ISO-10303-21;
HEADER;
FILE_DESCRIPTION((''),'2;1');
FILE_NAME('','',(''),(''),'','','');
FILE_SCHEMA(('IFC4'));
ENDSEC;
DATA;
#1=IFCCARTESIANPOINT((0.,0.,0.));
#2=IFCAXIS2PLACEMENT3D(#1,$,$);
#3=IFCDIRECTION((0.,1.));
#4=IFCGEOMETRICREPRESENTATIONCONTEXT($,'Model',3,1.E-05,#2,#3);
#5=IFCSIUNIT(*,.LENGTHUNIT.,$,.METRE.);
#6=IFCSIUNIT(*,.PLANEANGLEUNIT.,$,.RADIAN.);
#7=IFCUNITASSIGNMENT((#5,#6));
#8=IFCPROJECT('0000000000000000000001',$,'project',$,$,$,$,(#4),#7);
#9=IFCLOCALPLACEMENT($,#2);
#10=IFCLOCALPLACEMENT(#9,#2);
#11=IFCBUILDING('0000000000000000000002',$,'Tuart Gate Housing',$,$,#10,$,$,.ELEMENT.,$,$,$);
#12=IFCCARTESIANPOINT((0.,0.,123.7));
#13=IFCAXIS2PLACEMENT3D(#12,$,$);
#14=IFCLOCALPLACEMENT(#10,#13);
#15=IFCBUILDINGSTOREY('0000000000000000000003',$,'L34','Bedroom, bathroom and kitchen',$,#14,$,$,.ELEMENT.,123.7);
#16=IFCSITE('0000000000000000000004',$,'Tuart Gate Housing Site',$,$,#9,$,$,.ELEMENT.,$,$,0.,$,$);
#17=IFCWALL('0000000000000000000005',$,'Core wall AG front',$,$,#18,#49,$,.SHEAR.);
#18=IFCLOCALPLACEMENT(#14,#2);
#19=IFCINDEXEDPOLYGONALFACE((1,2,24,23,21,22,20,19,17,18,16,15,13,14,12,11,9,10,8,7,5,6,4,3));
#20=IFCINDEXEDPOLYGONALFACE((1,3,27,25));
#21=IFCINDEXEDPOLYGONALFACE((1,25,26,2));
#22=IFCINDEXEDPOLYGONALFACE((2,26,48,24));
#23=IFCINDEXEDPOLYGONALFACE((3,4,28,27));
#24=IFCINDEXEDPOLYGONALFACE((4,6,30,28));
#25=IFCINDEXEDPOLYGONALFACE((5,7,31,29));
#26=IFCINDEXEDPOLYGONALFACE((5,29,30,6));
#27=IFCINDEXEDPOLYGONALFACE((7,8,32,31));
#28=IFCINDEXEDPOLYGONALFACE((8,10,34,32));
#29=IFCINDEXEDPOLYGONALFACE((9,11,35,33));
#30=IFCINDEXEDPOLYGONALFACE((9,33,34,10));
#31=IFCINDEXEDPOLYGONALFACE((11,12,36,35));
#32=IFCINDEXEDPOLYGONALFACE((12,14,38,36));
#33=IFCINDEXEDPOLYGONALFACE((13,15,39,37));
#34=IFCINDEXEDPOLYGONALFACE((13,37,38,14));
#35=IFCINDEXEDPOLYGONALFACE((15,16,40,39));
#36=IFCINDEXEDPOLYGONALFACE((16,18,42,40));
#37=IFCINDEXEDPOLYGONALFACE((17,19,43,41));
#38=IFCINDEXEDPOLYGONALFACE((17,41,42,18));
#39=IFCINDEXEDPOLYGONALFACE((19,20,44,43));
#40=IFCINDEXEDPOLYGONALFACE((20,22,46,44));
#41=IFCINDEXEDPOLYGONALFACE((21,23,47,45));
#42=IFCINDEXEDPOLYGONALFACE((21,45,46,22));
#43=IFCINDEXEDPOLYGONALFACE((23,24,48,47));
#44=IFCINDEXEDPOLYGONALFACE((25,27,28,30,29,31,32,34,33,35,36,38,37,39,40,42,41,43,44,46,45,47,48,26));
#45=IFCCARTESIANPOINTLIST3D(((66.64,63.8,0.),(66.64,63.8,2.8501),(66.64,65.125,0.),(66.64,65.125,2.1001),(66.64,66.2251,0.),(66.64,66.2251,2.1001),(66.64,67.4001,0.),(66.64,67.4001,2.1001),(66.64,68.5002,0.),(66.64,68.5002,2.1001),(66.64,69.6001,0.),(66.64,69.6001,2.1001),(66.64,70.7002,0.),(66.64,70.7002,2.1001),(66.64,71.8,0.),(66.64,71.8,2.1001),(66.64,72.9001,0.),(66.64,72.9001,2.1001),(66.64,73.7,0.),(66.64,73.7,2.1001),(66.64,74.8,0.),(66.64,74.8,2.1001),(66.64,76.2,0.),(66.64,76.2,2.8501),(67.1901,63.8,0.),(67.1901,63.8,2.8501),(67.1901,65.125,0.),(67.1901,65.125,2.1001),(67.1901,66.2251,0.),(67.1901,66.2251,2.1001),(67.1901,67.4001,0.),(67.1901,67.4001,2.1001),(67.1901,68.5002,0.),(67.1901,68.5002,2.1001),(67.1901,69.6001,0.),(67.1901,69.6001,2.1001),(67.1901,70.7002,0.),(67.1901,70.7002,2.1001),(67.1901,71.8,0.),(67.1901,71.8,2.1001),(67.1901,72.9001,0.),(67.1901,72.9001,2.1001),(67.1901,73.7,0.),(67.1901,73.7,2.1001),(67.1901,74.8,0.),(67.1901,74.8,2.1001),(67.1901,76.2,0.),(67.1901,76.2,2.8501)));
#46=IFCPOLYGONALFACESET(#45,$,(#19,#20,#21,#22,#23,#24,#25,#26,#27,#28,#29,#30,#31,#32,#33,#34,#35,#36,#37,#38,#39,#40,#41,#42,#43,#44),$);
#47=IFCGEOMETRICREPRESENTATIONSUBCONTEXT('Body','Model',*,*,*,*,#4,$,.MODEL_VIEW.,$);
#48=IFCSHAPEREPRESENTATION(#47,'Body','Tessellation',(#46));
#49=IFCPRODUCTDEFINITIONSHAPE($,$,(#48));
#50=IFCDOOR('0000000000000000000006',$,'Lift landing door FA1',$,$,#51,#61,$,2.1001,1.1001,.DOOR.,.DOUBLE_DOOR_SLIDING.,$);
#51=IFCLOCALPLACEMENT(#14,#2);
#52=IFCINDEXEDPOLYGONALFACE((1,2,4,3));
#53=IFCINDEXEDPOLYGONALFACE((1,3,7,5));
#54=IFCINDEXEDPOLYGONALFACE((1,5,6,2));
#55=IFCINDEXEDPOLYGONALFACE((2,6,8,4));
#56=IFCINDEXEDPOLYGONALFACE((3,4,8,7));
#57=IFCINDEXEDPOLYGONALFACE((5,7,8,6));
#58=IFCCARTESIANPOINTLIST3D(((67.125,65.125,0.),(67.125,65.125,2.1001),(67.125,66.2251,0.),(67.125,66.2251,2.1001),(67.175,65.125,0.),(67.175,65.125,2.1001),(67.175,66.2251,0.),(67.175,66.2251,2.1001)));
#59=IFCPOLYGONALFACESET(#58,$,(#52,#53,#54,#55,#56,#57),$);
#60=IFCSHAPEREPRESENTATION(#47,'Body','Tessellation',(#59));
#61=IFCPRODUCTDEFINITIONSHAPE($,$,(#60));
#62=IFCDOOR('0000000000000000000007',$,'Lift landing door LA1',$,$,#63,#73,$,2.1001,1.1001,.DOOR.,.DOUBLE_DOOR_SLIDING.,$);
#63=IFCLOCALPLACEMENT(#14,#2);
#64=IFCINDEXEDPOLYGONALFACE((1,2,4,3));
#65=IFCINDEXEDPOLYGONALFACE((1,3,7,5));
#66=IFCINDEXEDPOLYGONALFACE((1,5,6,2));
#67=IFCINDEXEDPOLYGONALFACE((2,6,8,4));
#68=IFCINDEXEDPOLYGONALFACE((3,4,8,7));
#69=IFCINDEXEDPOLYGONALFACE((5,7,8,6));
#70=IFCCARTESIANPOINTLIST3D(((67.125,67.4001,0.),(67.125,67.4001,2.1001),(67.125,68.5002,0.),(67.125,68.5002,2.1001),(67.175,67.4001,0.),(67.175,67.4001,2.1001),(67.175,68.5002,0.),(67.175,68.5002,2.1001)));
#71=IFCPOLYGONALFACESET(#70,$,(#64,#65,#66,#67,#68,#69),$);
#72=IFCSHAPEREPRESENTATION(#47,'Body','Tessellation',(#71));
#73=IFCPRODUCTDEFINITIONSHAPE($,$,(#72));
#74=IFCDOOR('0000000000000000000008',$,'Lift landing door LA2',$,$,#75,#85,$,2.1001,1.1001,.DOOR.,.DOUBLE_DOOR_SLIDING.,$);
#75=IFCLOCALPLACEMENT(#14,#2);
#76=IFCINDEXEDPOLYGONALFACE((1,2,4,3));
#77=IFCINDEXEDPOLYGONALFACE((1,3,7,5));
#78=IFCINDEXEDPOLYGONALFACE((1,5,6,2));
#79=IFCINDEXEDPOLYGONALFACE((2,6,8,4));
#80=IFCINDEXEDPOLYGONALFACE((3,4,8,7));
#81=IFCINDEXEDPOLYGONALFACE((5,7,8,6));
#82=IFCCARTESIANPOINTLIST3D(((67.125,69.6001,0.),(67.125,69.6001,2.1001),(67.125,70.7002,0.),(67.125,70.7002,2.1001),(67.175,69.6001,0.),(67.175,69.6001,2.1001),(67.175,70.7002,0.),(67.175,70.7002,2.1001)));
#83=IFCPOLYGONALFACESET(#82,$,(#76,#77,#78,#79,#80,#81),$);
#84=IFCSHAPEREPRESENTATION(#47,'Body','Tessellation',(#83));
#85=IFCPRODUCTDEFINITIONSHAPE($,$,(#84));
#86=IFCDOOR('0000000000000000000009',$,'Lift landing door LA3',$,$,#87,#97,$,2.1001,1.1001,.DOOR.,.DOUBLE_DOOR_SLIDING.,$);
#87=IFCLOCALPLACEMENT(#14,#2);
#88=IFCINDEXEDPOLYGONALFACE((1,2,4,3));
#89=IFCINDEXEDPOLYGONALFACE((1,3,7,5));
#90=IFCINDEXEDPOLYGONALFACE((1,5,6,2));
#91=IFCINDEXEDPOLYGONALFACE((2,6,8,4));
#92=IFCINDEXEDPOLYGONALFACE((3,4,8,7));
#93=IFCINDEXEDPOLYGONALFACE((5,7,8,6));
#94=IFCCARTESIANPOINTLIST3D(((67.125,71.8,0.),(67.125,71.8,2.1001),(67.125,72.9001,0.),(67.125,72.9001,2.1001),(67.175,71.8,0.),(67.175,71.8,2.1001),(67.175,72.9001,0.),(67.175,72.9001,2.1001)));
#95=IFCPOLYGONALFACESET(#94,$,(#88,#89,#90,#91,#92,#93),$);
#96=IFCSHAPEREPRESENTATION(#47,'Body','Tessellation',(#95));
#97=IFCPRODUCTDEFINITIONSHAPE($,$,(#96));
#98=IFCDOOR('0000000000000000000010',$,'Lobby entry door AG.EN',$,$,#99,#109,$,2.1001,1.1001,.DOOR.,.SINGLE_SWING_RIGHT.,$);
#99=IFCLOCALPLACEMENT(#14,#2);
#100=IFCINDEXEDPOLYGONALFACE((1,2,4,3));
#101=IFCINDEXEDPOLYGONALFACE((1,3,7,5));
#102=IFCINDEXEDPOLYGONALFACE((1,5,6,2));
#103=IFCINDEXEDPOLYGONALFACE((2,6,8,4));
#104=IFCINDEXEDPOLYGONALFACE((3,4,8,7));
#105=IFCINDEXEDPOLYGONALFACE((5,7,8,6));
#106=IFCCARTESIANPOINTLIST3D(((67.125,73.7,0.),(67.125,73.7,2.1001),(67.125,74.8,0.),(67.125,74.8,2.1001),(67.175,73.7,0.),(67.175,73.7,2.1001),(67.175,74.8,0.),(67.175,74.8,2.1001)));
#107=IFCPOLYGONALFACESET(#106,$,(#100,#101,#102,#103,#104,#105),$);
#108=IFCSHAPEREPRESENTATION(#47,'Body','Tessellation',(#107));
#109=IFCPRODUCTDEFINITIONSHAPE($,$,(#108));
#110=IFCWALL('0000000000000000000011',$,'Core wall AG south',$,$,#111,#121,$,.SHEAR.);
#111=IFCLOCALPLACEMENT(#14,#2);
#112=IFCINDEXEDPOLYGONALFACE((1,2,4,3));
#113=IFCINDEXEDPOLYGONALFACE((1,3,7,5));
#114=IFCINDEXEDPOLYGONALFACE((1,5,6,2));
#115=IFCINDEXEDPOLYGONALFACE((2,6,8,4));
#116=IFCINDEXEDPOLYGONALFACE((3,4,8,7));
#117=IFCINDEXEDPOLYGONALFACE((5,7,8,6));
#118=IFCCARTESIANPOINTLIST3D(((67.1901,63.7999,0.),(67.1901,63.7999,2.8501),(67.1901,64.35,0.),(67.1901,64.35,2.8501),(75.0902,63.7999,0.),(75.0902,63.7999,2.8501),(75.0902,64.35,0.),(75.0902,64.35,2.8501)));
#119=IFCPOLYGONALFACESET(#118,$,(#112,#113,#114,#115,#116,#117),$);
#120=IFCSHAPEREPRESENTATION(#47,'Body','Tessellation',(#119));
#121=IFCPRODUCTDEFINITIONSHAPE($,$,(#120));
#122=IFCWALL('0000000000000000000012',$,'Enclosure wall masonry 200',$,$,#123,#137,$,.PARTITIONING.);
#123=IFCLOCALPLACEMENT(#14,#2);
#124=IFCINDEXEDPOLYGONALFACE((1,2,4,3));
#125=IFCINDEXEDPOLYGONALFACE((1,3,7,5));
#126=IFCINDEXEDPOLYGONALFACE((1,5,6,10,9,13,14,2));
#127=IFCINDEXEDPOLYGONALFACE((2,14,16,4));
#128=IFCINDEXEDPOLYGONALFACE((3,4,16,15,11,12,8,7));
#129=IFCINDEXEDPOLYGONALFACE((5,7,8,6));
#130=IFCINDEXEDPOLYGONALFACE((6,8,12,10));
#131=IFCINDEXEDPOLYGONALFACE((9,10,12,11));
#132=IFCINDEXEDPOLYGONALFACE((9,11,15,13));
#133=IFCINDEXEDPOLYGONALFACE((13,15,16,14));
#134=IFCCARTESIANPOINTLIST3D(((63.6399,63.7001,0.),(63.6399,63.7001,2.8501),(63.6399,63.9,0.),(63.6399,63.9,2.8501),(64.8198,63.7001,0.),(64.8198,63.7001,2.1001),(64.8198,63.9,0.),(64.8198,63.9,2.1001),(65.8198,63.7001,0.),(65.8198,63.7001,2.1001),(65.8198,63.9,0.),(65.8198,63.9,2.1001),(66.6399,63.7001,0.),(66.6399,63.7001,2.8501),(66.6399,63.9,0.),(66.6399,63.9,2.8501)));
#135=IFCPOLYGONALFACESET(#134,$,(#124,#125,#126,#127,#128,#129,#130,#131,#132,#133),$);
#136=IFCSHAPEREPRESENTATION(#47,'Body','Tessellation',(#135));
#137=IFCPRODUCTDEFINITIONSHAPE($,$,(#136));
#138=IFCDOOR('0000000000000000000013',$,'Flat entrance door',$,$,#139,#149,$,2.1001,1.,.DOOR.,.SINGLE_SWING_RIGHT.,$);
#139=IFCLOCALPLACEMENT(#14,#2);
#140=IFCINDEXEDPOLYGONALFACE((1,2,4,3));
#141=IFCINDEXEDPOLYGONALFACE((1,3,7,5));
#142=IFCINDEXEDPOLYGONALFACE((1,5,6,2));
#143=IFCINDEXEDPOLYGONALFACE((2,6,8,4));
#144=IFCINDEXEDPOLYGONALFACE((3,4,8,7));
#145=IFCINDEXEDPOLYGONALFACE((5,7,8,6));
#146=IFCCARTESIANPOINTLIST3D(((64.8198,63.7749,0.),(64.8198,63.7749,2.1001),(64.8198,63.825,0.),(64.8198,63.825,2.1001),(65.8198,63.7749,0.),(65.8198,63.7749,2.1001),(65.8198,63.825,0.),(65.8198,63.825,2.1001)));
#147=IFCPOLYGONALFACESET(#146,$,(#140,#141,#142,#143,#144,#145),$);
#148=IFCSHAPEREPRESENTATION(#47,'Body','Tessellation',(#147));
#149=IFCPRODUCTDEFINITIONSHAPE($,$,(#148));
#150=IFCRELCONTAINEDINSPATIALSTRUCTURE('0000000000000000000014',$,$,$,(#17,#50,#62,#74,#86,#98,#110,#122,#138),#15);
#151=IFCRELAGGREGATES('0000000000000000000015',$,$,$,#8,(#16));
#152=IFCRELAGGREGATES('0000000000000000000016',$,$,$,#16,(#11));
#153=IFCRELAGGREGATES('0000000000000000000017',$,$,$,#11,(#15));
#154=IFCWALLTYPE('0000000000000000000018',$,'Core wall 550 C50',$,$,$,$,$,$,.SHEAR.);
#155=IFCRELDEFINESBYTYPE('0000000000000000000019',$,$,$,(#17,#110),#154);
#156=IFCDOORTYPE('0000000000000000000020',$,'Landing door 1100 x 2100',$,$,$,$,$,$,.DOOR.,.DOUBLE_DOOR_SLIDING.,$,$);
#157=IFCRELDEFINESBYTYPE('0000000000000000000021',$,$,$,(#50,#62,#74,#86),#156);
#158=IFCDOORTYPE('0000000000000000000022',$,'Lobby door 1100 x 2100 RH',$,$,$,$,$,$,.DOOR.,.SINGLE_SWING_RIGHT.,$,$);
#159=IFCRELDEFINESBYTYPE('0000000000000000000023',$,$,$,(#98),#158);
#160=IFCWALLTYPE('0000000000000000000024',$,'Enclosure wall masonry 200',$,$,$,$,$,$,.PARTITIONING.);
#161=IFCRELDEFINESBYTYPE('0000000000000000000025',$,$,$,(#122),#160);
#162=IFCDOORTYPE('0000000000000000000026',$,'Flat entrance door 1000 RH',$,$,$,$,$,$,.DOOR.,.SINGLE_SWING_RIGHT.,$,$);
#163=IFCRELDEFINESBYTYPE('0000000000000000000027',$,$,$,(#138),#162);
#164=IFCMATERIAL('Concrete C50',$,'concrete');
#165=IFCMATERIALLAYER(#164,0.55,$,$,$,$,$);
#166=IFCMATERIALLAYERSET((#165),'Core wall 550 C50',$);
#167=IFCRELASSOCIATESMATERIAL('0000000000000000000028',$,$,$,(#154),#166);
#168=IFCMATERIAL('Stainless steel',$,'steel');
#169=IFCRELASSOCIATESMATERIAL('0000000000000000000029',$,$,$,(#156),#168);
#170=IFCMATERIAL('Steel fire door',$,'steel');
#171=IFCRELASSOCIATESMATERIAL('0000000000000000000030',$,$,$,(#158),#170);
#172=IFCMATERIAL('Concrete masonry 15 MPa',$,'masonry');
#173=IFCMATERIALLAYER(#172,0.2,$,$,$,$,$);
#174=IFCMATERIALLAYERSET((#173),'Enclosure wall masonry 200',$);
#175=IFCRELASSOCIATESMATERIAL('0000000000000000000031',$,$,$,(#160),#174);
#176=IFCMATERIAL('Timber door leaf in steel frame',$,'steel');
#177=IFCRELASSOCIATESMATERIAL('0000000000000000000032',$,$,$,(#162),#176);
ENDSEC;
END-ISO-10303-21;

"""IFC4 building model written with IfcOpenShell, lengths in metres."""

from ifc_helpers import new_model, si_unit, direction, frame, frame_2d, origin, place, context, subcontext, project, spatial, rectangle, extrude, material, layer, layer_set, type_object, element, fill, save


model = new_model("IFC4")

# Units and contexts
model_context = context("Model", 3, precision=1e-05, world=origin(), true_north=direction((0.0, 1.0)))
body_context = subcontext(model_context, "Body", "Model", "MODEL_VIEW")
ifc_project = project(units=[si_unit("LENGTHUNIT", "METRE"), si_unit("PLANEANGLEUNIT", "RADIAN")], contexts=[model_context])

# Site, building, storey
site_placement = place(None, origin())
site = spatial("IfcSite", under=ifc_project, at=site_placement, Name="Tuart Gate Housing Site", CompositionType="ELEMENT", RefElevation=0.0)
building_placement = place(site_placement, origin())
building = spatial("IfcBuilding", under=site, at=building_placement, Name="Tuart Gate Housing", CompositionType="ELEMENT")
storey_placement = place(building_placement, frame((0.0, 0.0, 123.7)))
storey = spatial("IfcBuildingStorey", under=building, at=storey_placement, Name="L34", Description="Bedroom, bathroom and kitchen", CompositionType="ELEMENT", Elevation=123.7)

# Wall, openings, doors
ifc_material_1 = material(Name="Concrete C50", Category="concrete")
ifc_layer_1 = layer(ifc_material_1, 0.55)
ifc_layer_set_1 = layer_set([ifc_layer_1], Name="Core wall 550 C50")
wall_type_1 = type_object("IfcWallType", Name="Core wall 550 C50", PredefinedType="SHEAR", material=ifc_layer_set_1)
wall_1_placement = place(storey_placement, frame((66.915, 63.8, 0.0), z_axis=(0.0, 0.0, 1.0), x_axis=(0.0, 1.0, 0.0)))
wall_1 = element("IfcWall", 1, at=wall_1_placement, inside=storey, type_object=wall_type_1, Name="Core wall AG front", PredefinedType="SHEAR", context=body_context, shape_type="SweptSolid", body=[
    extrude(rectangle(XDim=12.3999, YDim=0.55, at=frame_2d((6.2, 0.0))), origin(), (0.0, 0.0, 1.0), 2.8501),
])
opening_1_placement = place(wall_1_placement, frame((1.325, 0.0, 0.0)))
opening_1 = element("IfcOpeningElement", 2, at=opening_1_placement, cuts=wall_1, PredefinedType="OPENING", context=body_context, shape_type="SweptSolid", body=[
    extrude(rectangle(XDim=1.1001, YDim=2.1001, at=frame_2d((0.55, 1.05))), frame((0.0, 0.2849, 0.0), z_axis=(0.0, -1.0, 0.0), x_axis=(1.0, 0.0, 0.0)), (0.0, 0.0, 1.0), 0.5701),
])
opening_2_placement = place(wall_1_placement, frame((3.6001, 0.0, 0.0)))
opening_2 = element("IfcOpeningElement", 3, at=opening_2_placement, cuts=wall_1, PredefinedType="OPENING", context=body_context, shape_type="SweptSolid", body=[
    extrude(rectangle(XDim=1.1001, YDim=2.1001, at=frame_2d((0.55, 1.05))), frame((0.0, 0.2849, 0.0), z_axis=(0.0, -1.0, 0.0), x_axis=(1.0, 0.0, 0.0)), (0.0, 0.0, 1.0), 0.5701),
])
opening_3_placement = place(wall_1_placement, frame((5.8, 0.0, 0.0)))
opening_3 = element("IfcOpeningElement", 4, at=opening_3_placement, cuts=wall_1, PredefinedType="OPENING", context=body_context, shape_type="SweptSolid", body=[
    extrude(rectangle(XDim=1.1001, YDim=2.1001, at=frame_2d((0.55, 1.05))), frame((0.0, 0.2849, 0.0), z_axis=(0.0, -1.0, 0.0), x_axis=(1.0, 0.0, 0.0)), (0.0, 0.0, 1.0), 0.5701),
])
opening_4_placement = place(wall_1_placement, frame((8.0, 0.0, 0.0)))
opening_4 = element("IfcOpeningElement", 5, at=opening_4_placement, cuts=wall_1, PredefinedType="OPENING", context=body_context, shape_type="SweptSolid", body=[
    extrude(rectangle(XDim=1.1001, YDim=2.1001, at=frame_2d((0.55, 1.05))), frame((0.0, 0.2849, 0.0), z_axis=(0.0, -1.0, 0.0), x_axis=(1.0, 0.0, 0.0)), (0.0, 0.0, 1.0), 0.5701),
])
opening_5_placement = place(wall_1_placement, frame((9.8999, 0.0, 0.0)))
opening_5 = element("IfcOpeningElement", 6, at=opening_5_placement, cuts=wall_1, PredefinedType="OPENING", context=body_context, shape_type="SweptSolid", body=[
    extrude(rectangle(XDim=1.1001, YDim=2.1001, at=frame_2d((0.55, 1.05))), frame((0.0, 0.2849, 0.0), z_axis=(0.0, -1.0, 0.0), x_axis=(1.0, 0.0, 0.0)), (0.0, 0.0, 1.0), 0.5701),
])
ifc_material_2 = material(Name="Stainless steel", Category="steel")
door_type_1 = type_object("IfcDoorType", Name="Landing door 1100 x 2100", OperationType="DOUBLE_DOOR_SLIDING", PredefinedType="DOOR", material=ifc_material_2)
door_1_placement = place(opening_1_placement, origin())
door_1 = element("IfcDoor", 7, at=door_1_placement, inside=storey, type_object=door_type_1, Name="Lift landing door FA1", OperationType="DOUBLE_DOOR_SLIDING", OverallHeight=2.1001, OverallWidth=1.1001, PredefinedType="DOOR", context=body_context, shape_type="SweptSolid", body=[
    extrude(rectangle(XDim=1.1001, YDim=2.1001, at=frame_2d((0.55, 1.05))), frame((0.0, -0.21, 0.0), z_axis=(0.0, -1.0, 0.0), x_axis=(1.0, 0.0, 0.0)), (0.0, 0.0, 1.0), 0.05),
])
fill(opening_1, door_1)
door_2_placement = place(opening_2_placement, origin())
door_2 = element("IfcDoor", 8, at=door_2_placement, inside=storey, type_object=door_type_1, Name="Lift landing door LA1", OperationType="DOUBLE_DOOR_SLIDING", OverallHeight=2.1001, OverallWidth=1.1001, PredefinedType="DOOR", context=body_context, shape_type="SweptSolid", body=[
    extrude(rectangle(XDim=1.1001, YDim=2.1001, at=frame_2d((0.55, 1.05))), frame((0.0, -0.21, 0.0), z_axis=(0.0, -1.0, 0.0), x_axis=(1.0, 0.0, 0.0)), (0.0, 0.0, 1.0), 0.05),
])
fill(opening_2, door_2)
door_3_placement = place(opening_3_placement, origin())
door_3 = element("IfcDoor", 9, at=door_3_placement, inside=storey, type_object=door_type_1, Name="Lift landing door LA2", OperationType="DOUBLE_DOOR_SLIDING", OverallHeight=2.1001, OverallWidth=1.1001, PredefinedType="DOOR", context=body_context, shape_type="SweptSolid", body=[
    extrude(rectangle(XDim=1.1001, YDim=2.1001, at=frame_2d((0.55, 1.05))), frame((0.0, -0.21, 0.0), z_axis=(0.0, -1.0, 0.0), x_axis=(1.0, 0.0, 0.0)), (0.0, 0.0, 1.0), 0.05),
])
fill(opening_3, door_3)
door_4_placement = place(opening_4_placement, origin())
door_4 = element("IfcDoor", 10, at=door_4_placement, inside=storey, type_object=door_type_1, Name="Lift landing door LA3", OperationType="DOUBLE_DOOR_SLIDING", OverallHeight=2.1001, OverallWidth=1.1001, PredefinedType="DOOR", context=body_context, shape_type="SweptSolid", body=[
    extrude(rectangle(XDim=1.1001, YDim=2.1001, at=frame_2d((0.55, 1.05))), frame((0.0, -0.21, 0.0), z_axis=(0.0, -1.0, 0.0), x_axis=(1.0, 0.0, 0.0)), (0.0, 0.0, 1.0), 0.05),
])
fill(opening_4, door_4)
ifc_material_3 = material(Name="Steel fire door", Category="steel")
door_type_2 = type_object("IfcDoorType", Name="Lobby door 1100 x 2100 RH", OperationType="SINGLE_SWING_RIGHT", PredefinedType="DOOR", material=ifc_material_3)
door_5_placement = place(opening_5_placement, frame((1.1001, 0.0, 0.0), z_axis=(0.0, 0.0, 1.0), x_axis=(-1.0, 0.0, 0.0)))
door_5 = element("IfcDoor", 11, at=door_5_placement, inside=storey, type_object=door_type_2, Name="Lobby entry door AG.EN", OperationType="SINGLE_SWING_RIGHT", OverallHeight=2.1001, OverallWidth=1.1001, PredefinedType="DOOR", context=body_context, shape_type="SweptSolid", body=[
    extrude(rectangle(XDim=1.1001, YDim=2.1001, at=frame_2d((0.55, 1.05))), frame((0.0, 0.26, 0.0), z_axis=(0.0, -1.0, 0.0), x_axis=(1.0, 0.0, 0.0)), (0.0, 0.0, 1.0), 0.05),
])
fill(opening_5, door_5)

# Wall
wall_2_placement = place(storey_placement, frame((67.1899, 64.075, 0.0), z_axis=(0.0, 0.0, 1.0), x_axis=(1.0, 0.0, 0.0)))
element("IfcWall", 12, at=wall_2_placement, inside=storey, type_object=wall_type_1, Name="Core wall AG south", PredefinedType="SHEAR", context=body_context, shape_type="SweptSolid", body=[
    extrude(rectangle(XDim=7.9001, YDim=0.55, at=frame_2d((3.9502, 0.0))), origin(), (0.0, 0.0, 1.0), 2.8501),
])

# Wall, opening, door
ifc_material_4 = material(Name="Concrete masonry 15 MPa", Category="masonry")
ifc_layer_2 = layer(ifc_material_4, 0.2)
ifc_layer_set_2 = layer_set([ifc_layer_2], Name="Enclosure wall masonry 200")
wall_type_2 = type_object("IfcWallType", Name="Enclosure wall masonry 200", PredefinedType="PARTITIONING", material=ifc_layer_set_2)
wall_3_placement = place(storey_placement, frame((63.6399, 63.8, 0.0), z_axis=(0.0, 0.0, 1.0), x_axis=(1.0, 0.0, 0.0)))
wall_3 = element("IfcWall", 13, at=wall_3_placement, inside=storey, type_object=wall_type_2, Name="Enclosure wall masonry 200", PredefinedType="PARTITIONING", context=body_context, shape_type="SweptSolid", body=[
    extrude(rectangle(XDim=3.0, YDim=0.2, at=frame_2d((1.5, 0.0))), origin(), (0.0, 0.0, 1.0), 2.8501),
])
opening_6_placement = place(wall_3_placement, frame((1.1799, 0.0, 0.0)))
opening_6 = element("IfcOpeningElement", 14, at=opening_6_placement, cuts=wall_3, PredefinedType="OPENING", context=body_context, shape_type="SweptSolid", body=[
    extrude(rectangle(XDim=1.0, YDim=2.1001, at=frame_2d((0.5, 1.05))), frame((0.0, 0.1099, 0.0), z_axis=(0.0, -1.0, 0.0), x_axis=(1.0, 0.0, 0.0)), (0.0, 0.0, 1.0), 0.22),
])
ifc_material_5 = material(Name="Timber door leaf in steel frame", Category="steel")
door_type_3 = type_object("IfcDoorType", Name="Flat entrance door 1000 RH", OperationType="SINGLE_SWING_RIGHT", PredefinedType="DOOR", material=ifc_material_5)
door_6_placement = place(opening_6_placement, frame((1.0, 0.0, 0.0), z_axis=(0.0, 0.0, 1.0), x_axis=(-1.0, 0.0, 0.0)))
door_6 = element("IfcDoor", 15, at=door_6_placement, inside=storey, type_object=door_type_3, Name="Flat entrance door", OperationType="SINGLE_SWING_RIGHT", OverallHeight=2.1001, OverallWidth=1.0, PredefinedType="DOOR", context=body_context, shape_type="SweptSolid", body=[
    extrude(rectangle(XDim=1.0, YDim=2.1001, at=frame_2d((0.5, 1.05))), frame((0.0, 0.0251, 0.0), z_axis=(0.0, -1.0, 0.0), x_axis=(1.0, 0.0, 0.0)), (0.0, 0.0, 1.0), 0.05),
])
fill(opening_6, door_6)

save(model, "model.ifc")
